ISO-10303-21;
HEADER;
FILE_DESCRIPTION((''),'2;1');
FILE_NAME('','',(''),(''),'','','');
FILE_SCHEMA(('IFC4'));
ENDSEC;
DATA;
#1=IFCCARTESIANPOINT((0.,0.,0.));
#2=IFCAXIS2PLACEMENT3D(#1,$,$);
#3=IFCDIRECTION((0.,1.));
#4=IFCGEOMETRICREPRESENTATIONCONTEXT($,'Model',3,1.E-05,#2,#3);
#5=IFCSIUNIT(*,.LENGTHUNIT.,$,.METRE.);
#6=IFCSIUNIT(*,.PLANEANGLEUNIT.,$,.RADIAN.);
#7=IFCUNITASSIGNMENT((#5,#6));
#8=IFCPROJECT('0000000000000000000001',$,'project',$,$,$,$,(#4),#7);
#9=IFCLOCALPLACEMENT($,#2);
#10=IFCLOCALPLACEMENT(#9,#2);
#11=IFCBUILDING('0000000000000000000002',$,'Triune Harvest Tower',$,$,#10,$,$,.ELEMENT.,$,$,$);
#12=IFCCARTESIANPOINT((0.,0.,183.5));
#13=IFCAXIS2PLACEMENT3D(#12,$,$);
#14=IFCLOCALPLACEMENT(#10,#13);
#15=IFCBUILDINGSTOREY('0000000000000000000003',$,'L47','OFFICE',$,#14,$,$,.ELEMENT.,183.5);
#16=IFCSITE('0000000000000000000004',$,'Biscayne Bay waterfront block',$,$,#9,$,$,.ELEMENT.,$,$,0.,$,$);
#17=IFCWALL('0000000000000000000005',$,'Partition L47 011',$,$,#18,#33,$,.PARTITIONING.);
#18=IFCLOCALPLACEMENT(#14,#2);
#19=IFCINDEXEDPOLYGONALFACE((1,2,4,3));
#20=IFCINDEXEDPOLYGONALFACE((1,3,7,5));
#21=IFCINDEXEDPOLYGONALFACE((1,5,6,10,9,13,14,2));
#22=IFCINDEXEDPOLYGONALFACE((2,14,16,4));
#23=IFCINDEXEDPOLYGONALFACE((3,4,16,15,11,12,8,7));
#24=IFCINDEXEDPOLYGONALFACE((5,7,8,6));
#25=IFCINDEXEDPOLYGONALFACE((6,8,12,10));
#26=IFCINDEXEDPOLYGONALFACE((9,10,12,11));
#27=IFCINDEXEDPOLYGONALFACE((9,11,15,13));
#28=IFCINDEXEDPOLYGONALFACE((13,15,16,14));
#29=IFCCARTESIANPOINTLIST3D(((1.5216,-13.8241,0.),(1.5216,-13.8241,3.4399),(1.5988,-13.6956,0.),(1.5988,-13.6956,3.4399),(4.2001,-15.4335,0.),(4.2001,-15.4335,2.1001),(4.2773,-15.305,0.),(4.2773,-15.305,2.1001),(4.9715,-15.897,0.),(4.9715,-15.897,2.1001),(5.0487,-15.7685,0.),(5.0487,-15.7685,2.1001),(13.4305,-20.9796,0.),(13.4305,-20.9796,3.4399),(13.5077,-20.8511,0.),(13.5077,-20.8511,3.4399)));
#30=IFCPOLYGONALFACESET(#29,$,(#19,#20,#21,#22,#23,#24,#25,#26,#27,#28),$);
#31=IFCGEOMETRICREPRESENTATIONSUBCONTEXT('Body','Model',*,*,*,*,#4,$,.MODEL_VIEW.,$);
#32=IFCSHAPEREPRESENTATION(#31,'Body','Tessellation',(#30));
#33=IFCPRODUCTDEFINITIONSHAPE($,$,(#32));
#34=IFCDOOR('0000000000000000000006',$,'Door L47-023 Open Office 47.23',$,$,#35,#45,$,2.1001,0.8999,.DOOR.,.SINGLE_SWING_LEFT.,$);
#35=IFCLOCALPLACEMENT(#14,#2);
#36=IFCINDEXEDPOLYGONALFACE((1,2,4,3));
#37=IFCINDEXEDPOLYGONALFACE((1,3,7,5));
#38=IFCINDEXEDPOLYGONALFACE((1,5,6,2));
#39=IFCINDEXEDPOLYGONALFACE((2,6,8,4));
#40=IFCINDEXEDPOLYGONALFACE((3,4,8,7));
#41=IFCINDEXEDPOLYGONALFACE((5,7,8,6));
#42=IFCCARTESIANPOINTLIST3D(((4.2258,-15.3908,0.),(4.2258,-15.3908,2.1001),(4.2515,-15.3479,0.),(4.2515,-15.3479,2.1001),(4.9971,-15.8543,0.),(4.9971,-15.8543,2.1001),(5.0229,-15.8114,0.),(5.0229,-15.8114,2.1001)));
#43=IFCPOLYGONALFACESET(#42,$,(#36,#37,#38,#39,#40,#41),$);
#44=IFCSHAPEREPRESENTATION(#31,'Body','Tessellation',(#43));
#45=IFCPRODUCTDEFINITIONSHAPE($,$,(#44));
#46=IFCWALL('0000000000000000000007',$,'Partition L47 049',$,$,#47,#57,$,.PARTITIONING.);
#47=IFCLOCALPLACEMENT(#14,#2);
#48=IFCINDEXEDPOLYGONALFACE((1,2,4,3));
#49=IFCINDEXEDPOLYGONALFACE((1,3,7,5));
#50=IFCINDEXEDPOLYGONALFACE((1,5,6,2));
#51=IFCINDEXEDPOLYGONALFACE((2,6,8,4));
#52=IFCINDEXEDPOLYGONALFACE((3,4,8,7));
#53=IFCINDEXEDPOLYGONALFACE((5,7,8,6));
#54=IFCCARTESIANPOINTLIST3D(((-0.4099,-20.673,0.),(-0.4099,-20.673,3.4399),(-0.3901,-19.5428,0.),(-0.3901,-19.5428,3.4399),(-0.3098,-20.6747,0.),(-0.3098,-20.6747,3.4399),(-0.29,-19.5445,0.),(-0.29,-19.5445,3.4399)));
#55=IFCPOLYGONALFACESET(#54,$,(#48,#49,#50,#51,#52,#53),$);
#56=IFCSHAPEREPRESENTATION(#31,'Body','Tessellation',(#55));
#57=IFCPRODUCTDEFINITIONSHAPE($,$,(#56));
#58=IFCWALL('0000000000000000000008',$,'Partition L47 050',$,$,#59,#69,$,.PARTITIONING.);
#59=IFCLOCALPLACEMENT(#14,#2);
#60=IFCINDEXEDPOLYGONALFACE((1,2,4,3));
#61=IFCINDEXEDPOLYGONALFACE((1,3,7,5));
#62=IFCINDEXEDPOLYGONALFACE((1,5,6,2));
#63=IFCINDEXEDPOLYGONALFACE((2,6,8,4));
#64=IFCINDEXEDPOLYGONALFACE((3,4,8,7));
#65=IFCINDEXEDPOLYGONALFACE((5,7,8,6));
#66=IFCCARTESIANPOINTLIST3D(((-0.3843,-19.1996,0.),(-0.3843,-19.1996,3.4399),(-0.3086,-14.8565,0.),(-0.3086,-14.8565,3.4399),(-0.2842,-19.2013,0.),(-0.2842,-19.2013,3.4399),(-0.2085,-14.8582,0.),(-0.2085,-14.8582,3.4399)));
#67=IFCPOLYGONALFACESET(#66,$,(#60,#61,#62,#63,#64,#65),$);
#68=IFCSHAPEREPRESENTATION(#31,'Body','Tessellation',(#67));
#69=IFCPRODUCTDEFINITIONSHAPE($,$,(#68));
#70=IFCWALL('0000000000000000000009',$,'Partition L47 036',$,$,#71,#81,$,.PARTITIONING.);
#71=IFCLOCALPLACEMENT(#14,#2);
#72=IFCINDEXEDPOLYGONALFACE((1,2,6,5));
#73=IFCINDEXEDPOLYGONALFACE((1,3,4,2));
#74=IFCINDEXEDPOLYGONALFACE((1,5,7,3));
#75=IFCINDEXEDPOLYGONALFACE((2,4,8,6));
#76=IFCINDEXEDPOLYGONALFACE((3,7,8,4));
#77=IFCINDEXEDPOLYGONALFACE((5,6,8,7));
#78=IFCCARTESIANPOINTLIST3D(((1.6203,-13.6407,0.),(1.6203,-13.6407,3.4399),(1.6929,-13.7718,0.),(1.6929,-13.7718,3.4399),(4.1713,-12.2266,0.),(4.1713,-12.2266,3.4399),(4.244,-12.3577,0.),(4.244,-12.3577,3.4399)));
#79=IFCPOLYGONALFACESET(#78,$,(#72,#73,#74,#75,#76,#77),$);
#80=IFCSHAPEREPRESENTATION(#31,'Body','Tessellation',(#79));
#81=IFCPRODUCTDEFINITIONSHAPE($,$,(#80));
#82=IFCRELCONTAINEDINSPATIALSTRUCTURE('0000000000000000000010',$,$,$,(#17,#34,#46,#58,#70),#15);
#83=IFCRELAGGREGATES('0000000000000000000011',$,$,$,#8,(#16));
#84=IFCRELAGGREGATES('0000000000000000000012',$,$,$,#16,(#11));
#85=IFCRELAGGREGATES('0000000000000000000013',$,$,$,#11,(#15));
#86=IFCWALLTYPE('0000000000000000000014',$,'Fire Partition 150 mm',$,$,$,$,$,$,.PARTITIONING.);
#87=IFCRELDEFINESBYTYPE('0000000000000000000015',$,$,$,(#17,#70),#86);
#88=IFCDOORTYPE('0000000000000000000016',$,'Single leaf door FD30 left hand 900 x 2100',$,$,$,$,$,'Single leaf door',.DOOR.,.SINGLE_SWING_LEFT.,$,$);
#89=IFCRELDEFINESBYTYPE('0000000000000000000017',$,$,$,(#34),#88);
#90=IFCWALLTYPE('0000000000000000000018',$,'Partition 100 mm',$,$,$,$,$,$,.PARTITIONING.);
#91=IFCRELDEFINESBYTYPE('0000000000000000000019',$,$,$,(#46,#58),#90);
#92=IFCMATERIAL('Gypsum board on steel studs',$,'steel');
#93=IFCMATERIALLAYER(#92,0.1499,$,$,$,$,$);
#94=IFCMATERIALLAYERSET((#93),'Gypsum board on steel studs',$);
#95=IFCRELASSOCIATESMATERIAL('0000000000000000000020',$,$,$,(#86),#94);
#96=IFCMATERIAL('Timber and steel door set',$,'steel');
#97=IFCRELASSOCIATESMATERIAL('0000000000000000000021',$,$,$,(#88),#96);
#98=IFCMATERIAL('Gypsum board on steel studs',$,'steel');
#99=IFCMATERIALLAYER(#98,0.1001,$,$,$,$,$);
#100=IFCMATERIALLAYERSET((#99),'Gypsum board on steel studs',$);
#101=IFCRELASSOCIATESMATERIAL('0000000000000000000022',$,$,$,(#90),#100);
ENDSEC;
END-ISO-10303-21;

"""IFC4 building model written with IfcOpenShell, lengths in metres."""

from ifc_helpers import new_model, si_unit, direction, frame, frame_2d, origin, place, context, subcontext, project, spatial, rectangle, extrude, source, transform, mapped, material, layer, layer_set, type_object, element, fill, save


model = new_model("IFC4")

# Units and contexts
model_context = context("Model", 3, precision=1e-05, world=origin(), true_north=direction((0.0, 1.0)))
body_context = subcontext(model_context, "Body", "Model", "MODEL_VIEW")
ifc_project = project(units=[si_unit("LENGTHUNIT", "METRE"), si_unit("PLANEANGLEUNIT", "RADIAN")], contexts=[model_context])

# Site, building, storey
site_placement = place(None, origin())
site = spatial("IfcSite", under=ifc_project, at=site_placement, Name="Biscayne Bay waterfront block", CompositionType="ELEMENT", RefElevation=0.0)
building_placement = place(site_placement, origin())
building = spatial("IfcBuilding", under=site, at=building_placement, Name="Triune Harvest Tower", CompositionType="ELEMENT")
storey_placement = place(building_placement, frame((0.0, 0.0, 183.5)))
storey = spatial("IfcBuildingStorey", under=building, at=storey_placement, Name="L47", Description="OFFICE", CompositionType="ELEMENT", Elevation=183.5)

# Shared definitions
ifc_material_1 = material(Name="Gypsum board on steel studs", Category="steel")
ifc_layer_1 = layer(ifc_material_1, 0.1499)
ifc_layer_set_1 = layer_set([ifc_layer_1], Name="Gypsum board on steel studs")
wall_type_1 = type_object("IfcWallType", Name="Fire Partition 150 mm", PredefinedType="PARTITIONING", material=ifc_layer_set_1)
ifc_material_2 = material(Name="Timber and steel door set", Category="steel")
door_type = type_object("IfcDoorType", Name="Single leaf door FD30 left hand 900 x 2100", ElementType="Single leaf door", OperationType="SINGLE_SWING_LEFT", PredefinedType="DOOR", material=ifc_material_2)

# Wall, opening, door
shared_shape_1 = source(origin(), body_context, "Body", "SweptSolid", [
    extrude(rectangle(XDim=13.8933, YDim=0.1499, at=frame_2d((6.9468, 0.0))), origin(), (0.0, 0.0, 1.0), 3.4399),
])
wall_1_placement = place(storey_placement, frame((1.5601, -13.7598, 0.0), z_axis=(0.0, 0.0, 1.0), x_axis=(0.85717, -0.515033, 0.0)))
wall_1 = element("IfcWall", 1, at=wall_1_placement, inside=storey, type_object=wall_type_1, Name="Partition L47 011", PredefinedType="PARTITIONING", context=body_context, shape_type="MappedRepresentation", body=[
    mapped(shared_shape_1, transform((0.0, 0.0, 0.0), scale=1.0)),
])
opening_1_placement = place(wall_1_placement, frame((3.125, 0.0, 0.0)))
opening_1 = element("IfcOpeningElement", 2, at=opening_1_placement, cuts=wall_1, PredefinedType="OPENING", context=body_context, shape_type="SweptSolid", body=[
    extrude(rectangle(XDim=0.8999, YDim=2.1001, at=frame_2d((0.45, 1.05))), frame((0.0, 0.085, 0.0), z_axis=(0.0, -1.0, 0.0), x_axis=(1.0, 0.0, 0.0)), (0.0, 0.0, 1.0), 0.1699),
])
door_1_placement = place(opening_1_placement, origin())
door_1 = element("IfcDoor", 3, at=door_1_placement, inside=storey, type_object=door_type, Name="Door L47-023 Open Office 47.23", OperationType="SINGLE_SWING_LEFT", OverallHeight=2.1001, OverallWidth=0.8999, PredefinedType="DOOR", context=body_context, shape_type="SweptSolid", body=[
    extrude(rectangle(XDim=0.8999, YDim=2.1001, at=frame_2d((0.45, 1.05))), frame((0.0, 0.0249, 0.0), z_axis=(0.0, -1.0, 0.0), x_axis=(1.0, 0.0, 0.0)), (0.0, 0.0, 1.0), 0.05),
])
fill(opening_1, door_1)

# Walls
ifc_material_3 = material(Name="Gypsum board on steel studs", Category="steel")
ifc_layer_2 = layer(ifc_material_3, 0.1001)
ifc_layer_set_2 = layer_set([ifc_layer_2], Name="Gypsum board on steel studs")
wall_type_2 = type_object("IfcWallType", Name="Partition 100 mm", PredefinedType="PARTITIONING", material=ifc_layer_set_2)
shared_shape_2 = source(origin(), body_context, "Body", "SweptSolid", [
    extrude(rectangle(XDim=1.1304, YDim=0.1001, at=frame_2d((0.5652, 0.0))), origin(), (0.0, 0.0, 1.0), 3.4399),
])
wall_2_placement = place(storey_placement, frame((-0.3599, -20.6738, 0.0), z_axis=(0.0, 0.0, 1.0), x_axis=(0.017496, 0.999847, 0.0)))
element("IfcWall", 4, at=wall_2_placement, inside=storey, type_object=wall_type_2, Name="Partition L47 049", PredefinedType="PARTITIONING", context=body_context, shape_type="MappedRepresentation", body=[
    mapped(shared_shape_2, transform((0.0, 0.0, 0.0), scale=1.0)),
])
shared_shape_3 = source(origin(), body_context, "Body", "SweptSolid", [
    extrude(rectangle(XDim=4.3438, YDim=0.1001, at=frame_2d((2.1719, 0.0))), origin(), (0.0, 0.0, 1.0), 3.4399),
])
wall_3_placement = place(storey_placement, frame((-0.3342, -19.2004, 0.0), z_axis=(0.0, 0.0, 1.0), x_axis=(0.017424, 0.999848, 0.0)))
element("IfcWall", 5, at=wall_3_placement, inside=storey, type_object=wall_type_2, Name="Partition L47 050", PredefinedType="PARTITIONING", context=body_context, shape_type="MappedRepresentation", body=[
    mapped(shared_shape_3, transform((0.0, 0.0, 0.0), scale=1.0)),
])
shared_shape_4 = source(origin(), body_context, "Body", "SweptSolid", [
    extrude(rectangle(XDim=2.9167, YDim=0.1499, at=frame_2d((1.4585, 0.0))), origin(), (0.0, 0.0, 1.0), 3.4399),
])
wall_4_placement = place(storey_placement, frame((1.6565, -13.7063, 0.0), z_axis=(0.0, 0.0, 1.0), x_axis=(0.874619, 0.484811, 0.0)))
element("IfcWall", 6, at=wall_4_placement, inside=storey, type_object=wall_type_1, Name="Partition L47 036", PredefinedType="PARTITIONING", context=body_context, shape_type="MappedRepresentation", body=[
    mapped(shared_shape_4, transform((0.0, 0.0, 0.0), scale=1.0)),
])

save(model, "model.ifc")
